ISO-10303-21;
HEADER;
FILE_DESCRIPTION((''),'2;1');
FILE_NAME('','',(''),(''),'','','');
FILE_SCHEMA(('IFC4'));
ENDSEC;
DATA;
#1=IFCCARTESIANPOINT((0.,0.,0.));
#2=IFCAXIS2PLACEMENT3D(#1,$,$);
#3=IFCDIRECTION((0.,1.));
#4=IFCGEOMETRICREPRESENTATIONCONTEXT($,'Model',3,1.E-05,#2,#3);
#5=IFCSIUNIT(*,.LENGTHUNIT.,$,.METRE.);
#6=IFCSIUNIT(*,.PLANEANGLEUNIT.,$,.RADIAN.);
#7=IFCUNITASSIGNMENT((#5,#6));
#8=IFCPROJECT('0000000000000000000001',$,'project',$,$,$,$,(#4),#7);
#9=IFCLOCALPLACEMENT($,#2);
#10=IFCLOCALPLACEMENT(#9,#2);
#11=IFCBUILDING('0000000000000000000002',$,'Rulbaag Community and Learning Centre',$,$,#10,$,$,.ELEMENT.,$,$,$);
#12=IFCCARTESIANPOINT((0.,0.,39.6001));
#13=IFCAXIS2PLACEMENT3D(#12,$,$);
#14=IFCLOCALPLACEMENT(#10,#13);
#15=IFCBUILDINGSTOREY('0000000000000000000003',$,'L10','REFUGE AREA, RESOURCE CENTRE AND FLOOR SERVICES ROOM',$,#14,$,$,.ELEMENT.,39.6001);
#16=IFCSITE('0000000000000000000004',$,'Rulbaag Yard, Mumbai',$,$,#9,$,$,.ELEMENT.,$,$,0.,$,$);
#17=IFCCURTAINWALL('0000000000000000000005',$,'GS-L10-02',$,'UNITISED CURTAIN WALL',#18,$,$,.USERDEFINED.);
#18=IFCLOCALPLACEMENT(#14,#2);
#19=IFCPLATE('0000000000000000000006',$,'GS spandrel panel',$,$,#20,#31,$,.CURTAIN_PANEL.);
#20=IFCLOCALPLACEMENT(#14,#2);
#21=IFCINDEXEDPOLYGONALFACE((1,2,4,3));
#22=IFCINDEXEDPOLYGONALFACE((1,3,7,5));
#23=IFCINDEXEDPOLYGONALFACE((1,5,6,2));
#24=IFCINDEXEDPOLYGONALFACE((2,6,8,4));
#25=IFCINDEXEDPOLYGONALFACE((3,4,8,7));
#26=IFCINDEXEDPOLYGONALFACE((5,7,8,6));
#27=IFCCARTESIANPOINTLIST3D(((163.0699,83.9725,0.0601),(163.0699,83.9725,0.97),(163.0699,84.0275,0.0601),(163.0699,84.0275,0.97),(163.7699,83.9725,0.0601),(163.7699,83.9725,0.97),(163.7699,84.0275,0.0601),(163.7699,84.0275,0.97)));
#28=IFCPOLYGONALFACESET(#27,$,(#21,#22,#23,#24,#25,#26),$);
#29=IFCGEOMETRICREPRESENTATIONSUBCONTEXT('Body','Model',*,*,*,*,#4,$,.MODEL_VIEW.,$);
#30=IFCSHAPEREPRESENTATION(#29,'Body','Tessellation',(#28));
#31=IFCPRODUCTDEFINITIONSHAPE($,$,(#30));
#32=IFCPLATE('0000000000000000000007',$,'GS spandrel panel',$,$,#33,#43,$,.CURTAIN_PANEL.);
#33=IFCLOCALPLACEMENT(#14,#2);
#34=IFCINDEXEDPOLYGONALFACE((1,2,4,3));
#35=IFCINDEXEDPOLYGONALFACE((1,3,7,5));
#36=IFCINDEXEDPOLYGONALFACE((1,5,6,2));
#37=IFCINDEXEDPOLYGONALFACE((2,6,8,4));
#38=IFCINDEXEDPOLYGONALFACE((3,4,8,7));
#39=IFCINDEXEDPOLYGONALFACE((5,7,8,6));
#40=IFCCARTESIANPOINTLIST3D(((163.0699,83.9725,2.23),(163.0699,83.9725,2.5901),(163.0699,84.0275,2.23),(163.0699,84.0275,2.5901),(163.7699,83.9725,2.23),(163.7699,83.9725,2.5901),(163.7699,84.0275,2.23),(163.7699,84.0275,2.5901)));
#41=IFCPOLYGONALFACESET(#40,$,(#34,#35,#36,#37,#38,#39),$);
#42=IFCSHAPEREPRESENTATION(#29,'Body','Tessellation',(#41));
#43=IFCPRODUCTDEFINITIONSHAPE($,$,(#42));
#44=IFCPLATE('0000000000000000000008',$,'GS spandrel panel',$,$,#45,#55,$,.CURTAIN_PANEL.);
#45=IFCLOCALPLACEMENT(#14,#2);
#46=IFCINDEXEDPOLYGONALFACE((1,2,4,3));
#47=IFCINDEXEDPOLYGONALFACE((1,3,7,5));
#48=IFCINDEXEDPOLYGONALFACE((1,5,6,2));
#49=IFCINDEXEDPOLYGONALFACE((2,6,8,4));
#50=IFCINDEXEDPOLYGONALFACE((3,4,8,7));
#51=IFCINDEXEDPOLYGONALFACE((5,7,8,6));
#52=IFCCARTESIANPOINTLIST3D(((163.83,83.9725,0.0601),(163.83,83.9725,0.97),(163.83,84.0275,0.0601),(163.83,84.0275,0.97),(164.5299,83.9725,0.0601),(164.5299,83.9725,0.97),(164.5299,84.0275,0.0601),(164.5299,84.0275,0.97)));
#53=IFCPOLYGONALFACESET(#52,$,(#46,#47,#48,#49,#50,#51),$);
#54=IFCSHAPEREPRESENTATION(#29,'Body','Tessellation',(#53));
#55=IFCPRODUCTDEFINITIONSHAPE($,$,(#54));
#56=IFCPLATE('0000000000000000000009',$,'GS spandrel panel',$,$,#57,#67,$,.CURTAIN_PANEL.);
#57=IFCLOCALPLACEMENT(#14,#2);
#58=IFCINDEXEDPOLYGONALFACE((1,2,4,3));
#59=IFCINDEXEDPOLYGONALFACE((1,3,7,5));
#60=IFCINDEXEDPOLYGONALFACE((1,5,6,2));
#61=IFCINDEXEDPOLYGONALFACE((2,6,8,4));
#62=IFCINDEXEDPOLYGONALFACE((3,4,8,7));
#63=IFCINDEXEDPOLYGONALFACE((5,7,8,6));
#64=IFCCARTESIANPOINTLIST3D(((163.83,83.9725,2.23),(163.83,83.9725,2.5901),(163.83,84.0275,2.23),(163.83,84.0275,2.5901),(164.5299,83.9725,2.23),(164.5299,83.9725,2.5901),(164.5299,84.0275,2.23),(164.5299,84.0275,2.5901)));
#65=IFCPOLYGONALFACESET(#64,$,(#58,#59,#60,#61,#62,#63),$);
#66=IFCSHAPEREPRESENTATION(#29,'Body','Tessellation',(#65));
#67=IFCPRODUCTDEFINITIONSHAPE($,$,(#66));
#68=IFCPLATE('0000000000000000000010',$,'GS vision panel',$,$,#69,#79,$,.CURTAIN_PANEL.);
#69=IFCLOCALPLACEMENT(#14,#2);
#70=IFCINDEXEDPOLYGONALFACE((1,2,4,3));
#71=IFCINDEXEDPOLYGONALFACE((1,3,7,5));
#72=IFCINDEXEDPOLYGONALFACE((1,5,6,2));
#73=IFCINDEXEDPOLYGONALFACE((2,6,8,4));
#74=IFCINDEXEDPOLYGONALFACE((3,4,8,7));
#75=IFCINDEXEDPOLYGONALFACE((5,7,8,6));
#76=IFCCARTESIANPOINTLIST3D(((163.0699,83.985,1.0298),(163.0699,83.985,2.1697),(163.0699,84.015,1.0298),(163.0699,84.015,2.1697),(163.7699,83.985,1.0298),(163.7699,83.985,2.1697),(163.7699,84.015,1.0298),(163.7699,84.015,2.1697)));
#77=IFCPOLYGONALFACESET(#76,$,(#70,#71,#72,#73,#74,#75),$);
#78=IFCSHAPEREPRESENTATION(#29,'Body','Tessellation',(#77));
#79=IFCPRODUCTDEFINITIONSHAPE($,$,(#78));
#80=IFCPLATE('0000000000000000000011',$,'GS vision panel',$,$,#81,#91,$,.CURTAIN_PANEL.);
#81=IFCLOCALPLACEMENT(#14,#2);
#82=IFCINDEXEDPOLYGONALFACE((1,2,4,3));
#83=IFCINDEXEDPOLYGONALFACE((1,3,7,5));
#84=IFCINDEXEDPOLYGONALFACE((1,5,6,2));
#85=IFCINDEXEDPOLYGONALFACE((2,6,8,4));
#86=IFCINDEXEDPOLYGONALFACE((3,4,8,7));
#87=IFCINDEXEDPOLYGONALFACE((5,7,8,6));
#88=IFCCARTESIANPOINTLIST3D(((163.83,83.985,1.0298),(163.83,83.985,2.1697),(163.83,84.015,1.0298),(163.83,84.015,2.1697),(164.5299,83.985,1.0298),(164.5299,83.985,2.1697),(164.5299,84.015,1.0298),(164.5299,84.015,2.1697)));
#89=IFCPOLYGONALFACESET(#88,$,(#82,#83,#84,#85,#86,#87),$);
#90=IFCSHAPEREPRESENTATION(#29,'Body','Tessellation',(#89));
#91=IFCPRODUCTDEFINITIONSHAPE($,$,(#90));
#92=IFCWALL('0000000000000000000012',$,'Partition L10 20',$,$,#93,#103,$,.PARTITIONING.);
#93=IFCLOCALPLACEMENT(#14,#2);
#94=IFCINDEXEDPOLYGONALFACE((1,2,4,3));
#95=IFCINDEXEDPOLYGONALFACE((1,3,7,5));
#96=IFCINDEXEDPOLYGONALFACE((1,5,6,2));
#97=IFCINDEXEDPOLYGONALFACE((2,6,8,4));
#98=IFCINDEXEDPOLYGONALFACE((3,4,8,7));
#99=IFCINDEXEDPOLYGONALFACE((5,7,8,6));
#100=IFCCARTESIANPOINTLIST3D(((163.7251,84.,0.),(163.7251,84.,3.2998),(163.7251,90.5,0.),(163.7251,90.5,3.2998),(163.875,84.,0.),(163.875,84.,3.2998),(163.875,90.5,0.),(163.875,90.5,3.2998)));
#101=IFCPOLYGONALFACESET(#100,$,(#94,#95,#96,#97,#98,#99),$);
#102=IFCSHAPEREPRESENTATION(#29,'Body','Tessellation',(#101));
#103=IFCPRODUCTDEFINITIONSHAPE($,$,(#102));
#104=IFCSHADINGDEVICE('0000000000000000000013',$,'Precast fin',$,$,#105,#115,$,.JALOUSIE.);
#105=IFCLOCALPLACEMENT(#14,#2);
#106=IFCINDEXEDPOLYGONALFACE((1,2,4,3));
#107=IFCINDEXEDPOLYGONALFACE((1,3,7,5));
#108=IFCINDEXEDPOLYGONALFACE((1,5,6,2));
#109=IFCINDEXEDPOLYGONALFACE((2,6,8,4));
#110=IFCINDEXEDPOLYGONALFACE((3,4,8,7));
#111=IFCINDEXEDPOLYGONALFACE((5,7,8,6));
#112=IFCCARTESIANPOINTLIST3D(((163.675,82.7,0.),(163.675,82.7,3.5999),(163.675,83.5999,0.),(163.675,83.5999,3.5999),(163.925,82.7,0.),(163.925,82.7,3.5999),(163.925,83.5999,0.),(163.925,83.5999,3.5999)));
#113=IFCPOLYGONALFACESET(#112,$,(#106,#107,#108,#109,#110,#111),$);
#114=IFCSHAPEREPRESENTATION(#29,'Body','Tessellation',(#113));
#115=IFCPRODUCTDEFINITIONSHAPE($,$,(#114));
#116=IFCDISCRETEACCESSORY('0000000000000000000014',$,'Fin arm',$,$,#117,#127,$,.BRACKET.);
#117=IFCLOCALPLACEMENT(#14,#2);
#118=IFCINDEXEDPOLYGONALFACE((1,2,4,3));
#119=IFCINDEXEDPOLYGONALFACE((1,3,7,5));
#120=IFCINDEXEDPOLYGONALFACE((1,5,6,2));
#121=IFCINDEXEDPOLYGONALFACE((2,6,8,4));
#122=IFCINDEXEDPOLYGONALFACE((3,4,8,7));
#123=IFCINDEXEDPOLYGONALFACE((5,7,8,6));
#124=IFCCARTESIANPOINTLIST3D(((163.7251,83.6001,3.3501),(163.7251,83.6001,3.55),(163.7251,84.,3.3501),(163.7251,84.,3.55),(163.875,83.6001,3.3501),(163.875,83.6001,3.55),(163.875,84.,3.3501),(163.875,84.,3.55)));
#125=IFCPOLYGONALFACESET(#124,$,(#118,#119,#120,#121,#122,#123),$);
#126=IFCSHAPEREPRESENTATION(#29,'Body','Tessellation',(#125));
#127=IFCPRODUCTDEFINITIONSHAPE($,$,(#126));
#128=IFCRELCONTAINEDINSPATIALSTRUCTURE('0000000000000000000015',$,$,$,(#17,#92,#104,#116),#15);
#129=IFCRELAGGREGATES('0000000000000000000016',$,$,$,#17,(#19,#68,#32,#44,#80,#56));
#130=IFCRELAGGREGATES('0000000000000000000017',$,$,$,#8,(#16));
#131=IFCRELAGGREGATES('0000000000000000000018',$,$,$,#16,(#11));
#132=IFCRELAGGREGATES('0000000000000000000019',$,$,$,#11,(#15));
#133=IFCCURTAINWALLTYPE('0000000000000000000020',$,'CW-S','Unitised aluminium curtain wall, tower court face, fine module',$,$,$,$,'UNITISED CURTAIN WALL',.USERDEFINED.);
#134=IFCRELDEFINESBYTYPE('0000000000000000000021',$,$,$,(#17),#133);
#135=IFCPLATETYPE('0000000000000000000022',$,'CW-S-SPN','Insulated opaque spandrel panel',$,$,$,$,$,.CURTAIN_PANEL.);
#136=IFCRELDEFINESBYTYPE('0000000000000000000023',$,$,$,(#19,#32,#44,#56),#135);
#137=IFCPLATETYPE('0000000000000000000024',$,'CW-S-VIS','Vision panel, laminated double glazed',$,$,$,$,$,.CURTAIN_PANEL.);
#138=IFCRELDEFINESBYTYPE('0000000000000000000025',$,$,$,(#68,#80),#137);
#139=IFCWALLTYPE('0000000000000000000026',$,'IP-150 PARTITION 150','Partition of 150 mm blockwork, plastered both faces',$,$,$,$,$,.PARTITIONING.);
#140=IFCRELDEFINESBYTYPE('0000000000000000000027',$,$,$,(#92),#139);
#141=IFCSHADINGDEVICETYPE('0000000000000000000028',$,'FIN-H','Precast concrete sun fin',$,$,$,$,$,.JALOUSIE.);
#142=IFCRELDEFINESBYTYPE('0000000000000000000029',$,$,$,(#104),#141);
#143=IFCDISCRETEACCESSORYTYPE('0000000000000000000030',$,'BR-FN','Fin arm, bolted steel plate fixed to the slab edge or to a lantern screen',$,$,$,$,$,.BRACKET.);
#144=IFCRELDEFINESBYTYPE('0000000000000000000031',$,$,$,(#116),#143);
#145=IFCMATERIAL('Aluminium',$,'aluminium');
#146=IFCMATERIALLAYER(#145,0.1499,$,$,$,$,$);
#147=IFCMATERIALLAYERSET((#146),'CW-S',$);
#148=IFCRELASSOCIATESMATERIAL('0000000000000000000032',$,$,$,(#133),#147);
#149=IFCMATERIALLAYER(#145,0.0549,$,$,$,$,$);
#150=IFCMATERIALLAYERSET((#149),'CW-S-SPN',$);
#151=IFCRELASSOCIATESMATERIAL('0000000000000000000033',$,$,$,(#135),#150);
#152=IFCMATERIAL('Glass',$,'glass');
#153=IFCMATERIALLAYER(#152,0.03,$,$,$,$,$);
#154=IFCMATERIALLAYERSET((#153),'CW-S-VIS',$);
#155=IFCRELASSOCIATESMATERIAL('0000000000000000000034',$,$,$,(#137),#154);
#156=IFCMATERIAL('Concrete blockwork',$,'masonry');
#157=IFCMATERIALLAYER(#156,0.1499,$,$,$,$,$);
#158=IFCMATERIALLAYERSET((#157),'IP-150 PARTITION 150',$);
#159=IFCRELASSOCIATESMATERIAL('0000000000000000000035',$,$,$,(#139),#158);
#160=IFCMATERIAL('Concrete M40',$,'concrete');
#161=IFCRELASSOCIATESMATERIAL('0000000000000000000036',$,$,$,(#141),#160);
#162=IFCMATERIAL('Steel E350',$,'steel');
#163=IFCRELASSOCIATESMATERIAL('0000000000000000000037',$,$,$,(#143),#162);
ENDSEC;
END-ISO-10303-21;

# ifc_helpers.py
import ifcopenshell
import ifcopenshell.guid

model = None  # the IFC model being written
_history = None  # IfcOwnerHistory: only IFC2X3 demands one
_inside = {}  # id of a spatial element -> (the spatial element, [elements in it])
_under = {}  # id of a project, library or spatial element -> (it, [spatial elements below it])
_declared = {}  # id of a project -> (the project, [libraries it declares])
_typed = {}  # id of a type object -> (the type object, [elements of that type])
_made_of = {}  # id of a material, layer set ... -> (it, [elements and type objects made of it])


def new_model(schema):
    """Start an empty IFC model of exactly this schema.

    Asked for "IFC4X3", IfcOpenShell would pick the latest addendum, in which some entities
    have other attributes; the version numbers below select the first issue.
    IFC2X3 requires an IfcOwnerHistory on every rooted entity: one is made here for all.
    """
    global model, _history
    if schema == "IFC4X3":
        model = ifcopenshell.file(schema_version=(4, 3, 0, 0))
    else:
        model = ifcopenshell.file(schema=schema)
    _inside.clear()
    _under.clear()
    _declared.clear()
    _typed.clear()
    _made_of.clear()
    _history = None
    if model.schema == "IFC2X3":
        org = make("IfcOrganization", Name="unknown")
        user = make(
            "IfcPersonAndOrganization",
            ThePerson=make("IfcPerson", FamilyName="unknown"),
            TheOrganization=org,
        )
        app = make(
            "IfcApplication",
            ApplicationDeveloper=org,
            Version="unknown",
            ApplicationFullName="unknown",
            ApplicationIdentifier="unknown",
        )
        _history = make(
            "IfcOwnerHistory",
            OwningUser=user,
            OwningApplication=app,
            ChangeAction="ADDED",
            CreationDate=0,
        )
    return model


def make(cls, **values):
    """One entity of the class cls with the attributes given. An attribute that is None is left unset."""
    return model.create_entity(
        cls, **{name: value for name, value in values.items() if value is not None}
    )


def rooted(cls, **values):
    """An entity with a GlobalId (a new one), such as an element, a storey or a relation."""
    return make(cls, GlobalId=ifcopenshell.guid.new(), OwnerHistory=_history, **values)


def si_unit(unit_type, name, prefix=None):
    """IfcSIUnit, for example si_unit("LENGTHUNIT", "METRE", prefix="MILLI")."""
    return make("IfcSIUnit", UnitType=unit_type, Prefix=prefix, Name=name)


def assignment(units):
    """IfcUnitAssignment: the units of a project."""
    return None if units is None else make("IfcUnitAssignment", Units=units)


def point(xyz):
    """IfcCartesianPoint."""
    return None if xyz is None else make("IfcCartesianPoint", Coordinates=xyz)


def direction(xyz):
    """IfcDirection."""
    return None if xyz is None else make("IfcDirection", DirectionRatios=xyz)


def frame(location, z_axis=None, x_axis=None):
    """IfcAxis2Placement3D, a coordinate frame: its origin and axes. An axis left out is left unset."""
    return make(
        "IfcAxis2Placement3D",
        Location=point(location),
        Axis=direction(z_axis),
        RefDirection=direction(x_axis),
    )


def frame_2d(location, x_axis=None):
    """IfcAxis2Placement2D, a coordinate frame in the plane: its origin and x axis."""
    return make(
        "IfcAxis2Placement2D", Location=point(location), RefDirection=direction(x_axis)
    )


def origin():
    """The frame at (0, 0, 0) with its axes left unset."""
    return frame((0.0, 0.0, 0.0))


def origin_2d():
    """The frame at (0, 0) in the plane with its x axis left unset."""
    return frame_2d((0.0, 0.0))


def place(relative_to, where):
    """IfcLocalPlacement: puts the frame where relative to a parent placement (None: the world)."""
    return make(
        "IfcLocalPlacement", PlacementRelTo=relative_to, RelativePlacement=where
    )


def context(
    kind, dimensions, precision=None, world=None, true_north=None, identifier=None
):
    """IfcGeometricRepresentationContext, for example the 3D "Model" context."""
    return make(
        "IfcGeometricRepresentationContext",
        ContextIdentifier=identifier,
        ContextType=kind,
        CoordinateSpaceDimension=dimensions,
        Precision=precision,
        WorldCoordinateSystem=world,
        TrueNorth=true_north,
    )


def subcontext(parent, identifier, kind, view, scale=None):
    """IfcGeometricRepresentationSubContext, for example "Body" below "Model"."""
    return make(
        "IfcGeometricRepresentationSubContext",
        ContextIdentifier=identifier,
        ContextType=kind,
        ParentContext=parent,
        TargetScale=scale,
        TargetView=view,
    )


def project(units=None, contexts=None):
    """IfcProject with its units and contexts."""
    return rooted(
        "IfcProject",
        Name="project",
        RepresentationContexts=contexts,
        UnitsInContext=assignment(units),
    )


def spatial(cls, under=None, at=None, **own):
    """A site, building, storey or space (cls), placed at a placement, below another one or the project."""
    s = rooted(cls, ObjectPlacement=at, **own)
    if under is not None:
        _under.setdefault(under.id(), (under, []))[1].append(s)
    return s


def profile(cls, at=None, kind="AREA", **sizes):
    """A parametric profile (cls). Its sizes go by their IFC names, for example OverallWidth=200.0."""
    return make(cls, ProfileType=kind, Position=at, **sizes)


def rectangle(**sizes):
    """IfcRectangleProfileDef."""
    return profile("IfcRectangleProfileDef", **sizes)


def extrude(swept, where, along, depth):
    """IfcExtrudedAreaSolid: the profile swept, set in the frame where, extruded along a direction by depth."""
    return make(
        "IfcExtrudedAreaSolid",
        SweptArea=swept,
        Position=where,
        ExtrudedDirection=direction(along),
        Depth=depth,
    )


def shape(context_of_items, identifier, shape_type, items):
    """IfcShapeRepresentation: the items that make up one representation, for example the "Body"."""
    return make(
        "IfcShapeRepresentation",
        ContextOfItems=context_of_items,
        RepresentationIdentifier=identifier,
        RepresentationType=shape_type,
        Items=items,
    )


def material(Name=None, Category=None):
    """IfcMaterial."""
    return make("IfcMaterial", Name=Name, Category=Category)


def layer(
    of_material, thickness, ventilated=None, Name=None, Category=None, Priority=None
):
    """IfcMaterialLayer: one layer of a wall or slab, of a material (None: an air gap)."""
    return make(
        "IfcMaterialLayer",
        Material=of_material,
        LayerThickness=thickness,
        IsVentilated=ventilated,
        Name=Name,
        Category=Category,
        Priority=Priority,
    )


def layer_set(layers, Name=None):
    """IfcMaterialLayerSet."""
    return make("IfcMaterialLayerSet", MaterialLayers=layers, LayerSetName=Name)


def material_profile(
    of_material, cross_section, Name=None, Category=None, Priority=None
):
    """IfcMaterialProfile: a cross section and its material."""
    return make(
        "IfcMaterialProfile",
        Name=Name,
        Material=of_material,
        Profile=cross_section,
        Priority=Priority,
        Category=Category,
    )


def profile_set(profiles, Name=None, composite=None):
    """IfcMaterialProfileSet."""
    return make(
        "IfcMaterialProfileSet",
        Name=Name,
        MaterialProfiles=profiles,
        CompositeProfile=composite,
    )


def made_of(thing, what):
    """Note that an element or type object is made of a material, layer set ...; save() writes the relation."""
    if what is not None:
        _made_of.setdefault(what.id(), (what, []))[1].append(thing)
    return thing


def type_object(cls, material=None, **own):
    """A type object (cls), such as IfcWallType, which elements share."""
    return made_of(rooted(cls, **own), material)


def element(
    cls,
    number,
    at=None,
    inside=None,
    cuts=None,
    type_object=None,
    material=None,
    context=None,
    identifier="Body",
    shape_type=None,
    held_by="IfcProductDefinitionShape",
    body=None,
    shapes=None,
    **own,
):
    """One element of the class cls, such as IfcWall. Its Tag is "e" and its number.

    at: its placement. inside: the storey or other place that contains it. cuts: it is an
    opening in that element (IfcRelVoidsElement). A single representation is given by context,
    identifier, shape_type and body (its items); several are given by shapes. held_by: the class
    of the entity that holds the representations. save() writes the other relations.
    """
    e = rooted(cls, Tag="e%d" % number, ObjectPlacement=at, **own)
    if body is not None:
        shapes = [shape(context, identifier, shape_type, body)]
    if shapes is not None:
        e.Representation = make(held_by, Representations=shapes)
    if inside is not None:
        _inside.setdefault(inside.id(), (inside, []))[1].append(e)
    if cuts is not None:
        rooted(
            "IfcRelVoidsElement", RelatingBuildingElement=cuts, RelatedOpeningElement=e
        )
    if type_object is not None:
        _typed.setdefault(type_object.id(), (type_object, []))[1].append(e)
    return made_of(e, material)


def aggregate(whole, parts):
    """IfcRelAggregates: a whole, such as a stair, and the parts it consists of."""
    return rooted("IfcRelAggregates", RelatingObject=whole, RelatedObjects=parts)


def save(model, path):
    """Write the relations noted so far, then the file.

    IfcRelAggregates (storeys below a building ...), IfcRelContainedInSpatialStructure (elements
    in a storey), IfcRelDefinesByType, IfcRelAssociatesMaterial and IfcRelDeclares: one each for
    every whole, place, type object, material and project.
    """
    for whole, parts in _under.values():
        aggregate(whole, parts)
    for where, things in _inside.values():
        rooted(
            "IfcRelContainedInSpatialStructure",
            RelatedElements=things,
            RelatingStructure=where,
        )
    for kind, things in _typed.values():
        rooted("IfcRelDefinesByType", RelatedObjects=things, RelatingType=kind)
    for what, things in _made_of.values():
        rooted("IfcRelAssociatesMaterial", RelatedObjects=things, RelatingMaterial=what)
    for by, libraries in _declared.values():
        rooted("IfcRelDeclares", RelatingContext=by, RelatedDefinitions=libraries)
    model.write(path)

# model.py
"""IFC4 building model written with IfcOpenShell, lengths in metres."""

from ifc_helpers import new_model, si_unit, direction, frame, frame_2d, origin, origin_2d, place, context, subcontext, project, spatial, rectangle, extrude, material, layer, layer_set, material_profile, profile_set, type_object, element, aggregate, save


model = new_model("IFC4")

# Units and contexts
model_context = context("Model", 3, precision=1e-05, world=origin(), true_north=direction((0.0, 1.0)))
body_context = subcontext(model_context, "Body", "Model", "MODEL_VIEW")
ifc_project = project(units=[si_unit("LENGTHUNIT", "METRE"), si_unit("PLANEANGLEUNIT", "RADIAN")], contexts=[model_context])

# Site, building, storey
site_placement = place(None, origin())
site = spatial("IfcSite", under=ifc_project, at=site_placement, Name="Rulbaag Yard, Mumbai", CompositionType="ELEMENT", RefElevation=0.0)
building_placement = place(site_placement, origin())
building = spatial("IfcBuilding", under=site, at=building_placement, Name="Rulbaag Community and Learning Centre", CompositionType="ELEMENT")
storey_placement = place(building_placement, frame((0.0, 0.0, 39.6001)))
storey = spatial("IfcBuildingStorey", under=building, at=storey_placement, Name="L10", Description="REFUGE AREA, RESOURCE CENTRE AND FLOOR SERVICES ROOM", CompositionType="ELEMENT", Elevation=39.6001)

# Curtain wall, plates
ifc_material_1 = material(Name="Aluminium", Category="aluminium")
ifc_layer_1 = layer(ifc_material_1, 0.1499)
ifc_layer_set_1 = layer_set([ifc_layer_1], Name="CW-S")
curtain_wall_type = type_object("IfcCurtainWallType", Name="CW-S", Description="Unitised aluminium curtain wall, tower court face, fine module", ElementType="UNITISED CURTAIN WALL", PredefinedType="USERDEFINED", material=ifc_layer_set_1)
curtain_wall_placement = place(storey_placement, origin())
curtain_wall = element("IfcCurtainWall", 1, at=curtain_wall_placement, inside=storey, type_object=curtain_wall_type, Name="GS-L10-02", ObjectType="UNITISED CURTAIN WALL", PredefinedType="USERDEFINED")
ifc_layer_2 = layer(ifc_material_1, 0.0549)
ifc_layer_set_2 = layer_set([ifc_layer_2], Name="CW-S-SPN")
plate_type_1 = type_object("IfcPlateType", Name="CW-S-SPN", Description="Insulated opaque spandrel panel", PredefinedType="CURTAIN_PANEL", material=ifc_layer_set_2)
plate_1_placement = place(storey_placement, frame((163.4199, 84.0, 0.0601), z_axis=(0.0, 0.0, 1.0), x_axis=(1.0, 0.0, 0.0)))
plate_1 = element("IfcPlate", 2, at=plate_1_placement, type_object=plate_type_1, Name="GS spandrel panel", PredefinedType="CURTAIN_PANEL", context=body_context, shape_type="SweptSolid", body=[
    extrude(rectangle(XDim=0.7, YDim=0.0549, at=origin_2d()), origin(), (0.0, 0.0, 1.0), 0.9099),
])
plate_2_placement = place(storey_placement, frame((163.4199, 84.0, 2.23), z_axis=(0.0, 0.0, 1.0), x_axis=(1.0, 0.0, 0.0)))
plate_2 = element("IfcPlate", 3, at=plate_2_placement, type_object=plate_type_1, Name="GS spandrel panel", PredefinedType="CURTAIN_PANEL", context=body_context, shape_type="SweptSolid", body=[
    extrude(rectangle(XDim=0.7, YDim=0.0549, at=origin_2d()), origin(), (0.0, 0.0, 1.0), 0.3601),
])
plate_3_placement = place(storey_placement, frame((164.1799, 84.0, 0.0601), z_axis=(0.0, 0.0, 1.0), x_axis=(1.0, 0.0, 0.0)))
plate_3 = element("IfcPlate", 4, at=plate_3_placement, type_object=plate_type_1, Name="GS spandrel panel", PredefinedType="CURTAIN_PANEL", context=body_context, shape_type="SweptSolid", body=[
    extrude(rectangle(XDim=0.7, YDim=0.0549, at=origin_2d()), origin(), (0.0, 0.0, 1.0), 0.9099),
])
plate_4_placement = place(storey_placement, frame((164.1799, 84.0, 2.23), z_axis=(0.0, 0.0, 1.0), x_axis=(1.0, 0.0, 0.0)))
plate_4 = element("IfcPlate", 5, at=plate_4_placement, type_object=plate_type_1, Name="GS spandrel panel", PredefinedType="CURTAIN_PANEL", context=body_context, shape_type="SweptSolid", body=[
    extrude(rectangle(XDim=0.7, YDim=0.0549, at=origin_2d()), origin(), (0.0, 0.0, 1.0), 0.3601),
])
ifc_material_2 = material(Name="Glass", Category="glass")
ifc_layer_3 = layer(ifc_material_2, 0.03)
ifc_layer_set_3 = layer_set([ifc_layer_3], Name="CW-S-VIS")
plate_type_2 = type_object("IfcPlateType", Name="CW-S-VIS", Description="Vision panel, laminated double glazed", PredefinedType="CURTAIN_PANEL", material=ifc_layer_set_3)
plate_5_placement = place(storey_placement, frame((163.4199, 84.0, 1.0298), z_axis=(0.0, 0.0, 1.0), x_axis=(1.0, 0.0, 0.0)))
plate_5 = element("IfcPlate", 6, at=plate_5_placement, type_object=plate_type_2, Name="GS vision panel", PredefinedType="CURTAIN_PANEL", context=body_context, shape_type="SweptSolid", body=[
    extrude(rectangle(XDim=0.7, YDim=0.03, at=origin_2d()), origin(), (0.0, 0.0, 1.0), 1.1399),
])
plate_6_placement = place(storey_placement, frame((164.1799, 84.0, 1.0298), z_axis=(0.0, 0.0, 1.0), x_axis=(1.0, 0.0, 0.0)))
plate_6 = element("IfcPlate", 7, at=plate_6_placement, type_object=plate_type_2, Name="GS vision panel", PredefinedType="CURTAIN_PANEL", context=body_context, shape_type="SweptSolid", body=[
    extrude(rectangle(XDim=0.7, YDim=0.03, at=origin_2d()), origin(), (0.0, 0.0, 1.0), 1.1399),
])
aggregate(curtain_wall, [plate_1, plate_5, plate_2, plate_3, plate_6, plate_4])

# Wall
ifc_material_3 = material(Name="Concrete blockwork", Category="masonry")
ifc_layer_4 = layer(ifc_material_3, 0.1499)
ifc_layer_set_4 = layer_set([ifc_layer_4], Name="IP-150 PARTITION 150")
wall_type = type_object("IfcWallType", Name="IP-150 PARTITION 150", Description="Partition of 150 mm blockwork, plastered both faces", PredefinedType="PARTITIONING", material=ifc_layer_set_4)
wall_placement = place(storey_placement, frame((163.8, 84.0, 0.0), z_axis=(0.0, 0.0, 1.0), x_axis=(0.0, 1.0, 0.0)))
element("IfcWall", 8, at=wall_placement, inside=storey, type_object=wall_type, Name="Partition L10 20", PredefinedType="PARTITIONING", context=body_context, shape_type="SweptSolid", body=[
    extrude(rectangle(XDim=6.5, YDim=0.1499, at=frame_2d((3.25, 0.0))), origin(), (0.0, 0.0, 1.0), 3.2998),
])

# Shading device
ifc_material_4 = material(Name="Concrete M40", Category="concrete")
ifc_material_profile_1 = material_profile(ifc_material_4, rectangle(XDim=0.25, YDim=0.8999, at=origin_2d()), Name="PC 250x900")
ifc_profile_set_1 = profile_set([ifc_material_profile_1], Name="Concrete M40")
shading_device_type = type_object("IfcShadingDeviceType", Name="FIN-H", Description="Precast concrete sun fin", PredefinedType="JALOUSIE", material=ifc_profile_set_1)
shading_device_placement = place(storey_placement, frame((163.8, 83.1499, 0.0), z_axis=(0.0, 0.0, 1.0), x_axis=(1.0, 0.0, 0.0)))
element("IfcShadingDevice", 9, at=shading_device_placement, inside=storey, type_object=shading_device_type, Name="Precast fin", PredefinedType="JALOUSIE", context=body_context, shape_type="SweptSolid", body=[
    extrude(rectangle(XDim=0.25, YDim=0.8999, at=origin_2d()), origin(), (0.0, 0.0, 1.0), 3.5999),
])

# Discrete accessory
ifc_material_5 = material(Name="Steel E350", Category="steel")
discrete_accessory_type = type_object("IfcDiscreteAccessoryType", Name="BR-FN", Description="Fin arm, bolted steel plate fixed to the slab edge or to a lantern screen", PredefinedType="BRACKET", material=ifc_material_5)
discrete_accessory_placement = place(storey_placement, frame((163.8, 83.8, 3.3501), z_axis=(0.0, 0.0, 1.0), x_axis=(1.0, 0.0, 0.0)))
element("IfcDiscreteAccessory", 10, at=discrete_accessory_placement, inside=storey, type_object=discrete_accessory_type, Name="Fin arm", PredefinedType="BRACKET", context=body_context, shape_type="SweptSolid", body=[
    extrude(rectangle(XDim=0.1499, YDim=0.3999, at=origin_2d()), origin(), (0.0, 0.0, 1.0), 0.2),
])

save(model, "model.ifc")
